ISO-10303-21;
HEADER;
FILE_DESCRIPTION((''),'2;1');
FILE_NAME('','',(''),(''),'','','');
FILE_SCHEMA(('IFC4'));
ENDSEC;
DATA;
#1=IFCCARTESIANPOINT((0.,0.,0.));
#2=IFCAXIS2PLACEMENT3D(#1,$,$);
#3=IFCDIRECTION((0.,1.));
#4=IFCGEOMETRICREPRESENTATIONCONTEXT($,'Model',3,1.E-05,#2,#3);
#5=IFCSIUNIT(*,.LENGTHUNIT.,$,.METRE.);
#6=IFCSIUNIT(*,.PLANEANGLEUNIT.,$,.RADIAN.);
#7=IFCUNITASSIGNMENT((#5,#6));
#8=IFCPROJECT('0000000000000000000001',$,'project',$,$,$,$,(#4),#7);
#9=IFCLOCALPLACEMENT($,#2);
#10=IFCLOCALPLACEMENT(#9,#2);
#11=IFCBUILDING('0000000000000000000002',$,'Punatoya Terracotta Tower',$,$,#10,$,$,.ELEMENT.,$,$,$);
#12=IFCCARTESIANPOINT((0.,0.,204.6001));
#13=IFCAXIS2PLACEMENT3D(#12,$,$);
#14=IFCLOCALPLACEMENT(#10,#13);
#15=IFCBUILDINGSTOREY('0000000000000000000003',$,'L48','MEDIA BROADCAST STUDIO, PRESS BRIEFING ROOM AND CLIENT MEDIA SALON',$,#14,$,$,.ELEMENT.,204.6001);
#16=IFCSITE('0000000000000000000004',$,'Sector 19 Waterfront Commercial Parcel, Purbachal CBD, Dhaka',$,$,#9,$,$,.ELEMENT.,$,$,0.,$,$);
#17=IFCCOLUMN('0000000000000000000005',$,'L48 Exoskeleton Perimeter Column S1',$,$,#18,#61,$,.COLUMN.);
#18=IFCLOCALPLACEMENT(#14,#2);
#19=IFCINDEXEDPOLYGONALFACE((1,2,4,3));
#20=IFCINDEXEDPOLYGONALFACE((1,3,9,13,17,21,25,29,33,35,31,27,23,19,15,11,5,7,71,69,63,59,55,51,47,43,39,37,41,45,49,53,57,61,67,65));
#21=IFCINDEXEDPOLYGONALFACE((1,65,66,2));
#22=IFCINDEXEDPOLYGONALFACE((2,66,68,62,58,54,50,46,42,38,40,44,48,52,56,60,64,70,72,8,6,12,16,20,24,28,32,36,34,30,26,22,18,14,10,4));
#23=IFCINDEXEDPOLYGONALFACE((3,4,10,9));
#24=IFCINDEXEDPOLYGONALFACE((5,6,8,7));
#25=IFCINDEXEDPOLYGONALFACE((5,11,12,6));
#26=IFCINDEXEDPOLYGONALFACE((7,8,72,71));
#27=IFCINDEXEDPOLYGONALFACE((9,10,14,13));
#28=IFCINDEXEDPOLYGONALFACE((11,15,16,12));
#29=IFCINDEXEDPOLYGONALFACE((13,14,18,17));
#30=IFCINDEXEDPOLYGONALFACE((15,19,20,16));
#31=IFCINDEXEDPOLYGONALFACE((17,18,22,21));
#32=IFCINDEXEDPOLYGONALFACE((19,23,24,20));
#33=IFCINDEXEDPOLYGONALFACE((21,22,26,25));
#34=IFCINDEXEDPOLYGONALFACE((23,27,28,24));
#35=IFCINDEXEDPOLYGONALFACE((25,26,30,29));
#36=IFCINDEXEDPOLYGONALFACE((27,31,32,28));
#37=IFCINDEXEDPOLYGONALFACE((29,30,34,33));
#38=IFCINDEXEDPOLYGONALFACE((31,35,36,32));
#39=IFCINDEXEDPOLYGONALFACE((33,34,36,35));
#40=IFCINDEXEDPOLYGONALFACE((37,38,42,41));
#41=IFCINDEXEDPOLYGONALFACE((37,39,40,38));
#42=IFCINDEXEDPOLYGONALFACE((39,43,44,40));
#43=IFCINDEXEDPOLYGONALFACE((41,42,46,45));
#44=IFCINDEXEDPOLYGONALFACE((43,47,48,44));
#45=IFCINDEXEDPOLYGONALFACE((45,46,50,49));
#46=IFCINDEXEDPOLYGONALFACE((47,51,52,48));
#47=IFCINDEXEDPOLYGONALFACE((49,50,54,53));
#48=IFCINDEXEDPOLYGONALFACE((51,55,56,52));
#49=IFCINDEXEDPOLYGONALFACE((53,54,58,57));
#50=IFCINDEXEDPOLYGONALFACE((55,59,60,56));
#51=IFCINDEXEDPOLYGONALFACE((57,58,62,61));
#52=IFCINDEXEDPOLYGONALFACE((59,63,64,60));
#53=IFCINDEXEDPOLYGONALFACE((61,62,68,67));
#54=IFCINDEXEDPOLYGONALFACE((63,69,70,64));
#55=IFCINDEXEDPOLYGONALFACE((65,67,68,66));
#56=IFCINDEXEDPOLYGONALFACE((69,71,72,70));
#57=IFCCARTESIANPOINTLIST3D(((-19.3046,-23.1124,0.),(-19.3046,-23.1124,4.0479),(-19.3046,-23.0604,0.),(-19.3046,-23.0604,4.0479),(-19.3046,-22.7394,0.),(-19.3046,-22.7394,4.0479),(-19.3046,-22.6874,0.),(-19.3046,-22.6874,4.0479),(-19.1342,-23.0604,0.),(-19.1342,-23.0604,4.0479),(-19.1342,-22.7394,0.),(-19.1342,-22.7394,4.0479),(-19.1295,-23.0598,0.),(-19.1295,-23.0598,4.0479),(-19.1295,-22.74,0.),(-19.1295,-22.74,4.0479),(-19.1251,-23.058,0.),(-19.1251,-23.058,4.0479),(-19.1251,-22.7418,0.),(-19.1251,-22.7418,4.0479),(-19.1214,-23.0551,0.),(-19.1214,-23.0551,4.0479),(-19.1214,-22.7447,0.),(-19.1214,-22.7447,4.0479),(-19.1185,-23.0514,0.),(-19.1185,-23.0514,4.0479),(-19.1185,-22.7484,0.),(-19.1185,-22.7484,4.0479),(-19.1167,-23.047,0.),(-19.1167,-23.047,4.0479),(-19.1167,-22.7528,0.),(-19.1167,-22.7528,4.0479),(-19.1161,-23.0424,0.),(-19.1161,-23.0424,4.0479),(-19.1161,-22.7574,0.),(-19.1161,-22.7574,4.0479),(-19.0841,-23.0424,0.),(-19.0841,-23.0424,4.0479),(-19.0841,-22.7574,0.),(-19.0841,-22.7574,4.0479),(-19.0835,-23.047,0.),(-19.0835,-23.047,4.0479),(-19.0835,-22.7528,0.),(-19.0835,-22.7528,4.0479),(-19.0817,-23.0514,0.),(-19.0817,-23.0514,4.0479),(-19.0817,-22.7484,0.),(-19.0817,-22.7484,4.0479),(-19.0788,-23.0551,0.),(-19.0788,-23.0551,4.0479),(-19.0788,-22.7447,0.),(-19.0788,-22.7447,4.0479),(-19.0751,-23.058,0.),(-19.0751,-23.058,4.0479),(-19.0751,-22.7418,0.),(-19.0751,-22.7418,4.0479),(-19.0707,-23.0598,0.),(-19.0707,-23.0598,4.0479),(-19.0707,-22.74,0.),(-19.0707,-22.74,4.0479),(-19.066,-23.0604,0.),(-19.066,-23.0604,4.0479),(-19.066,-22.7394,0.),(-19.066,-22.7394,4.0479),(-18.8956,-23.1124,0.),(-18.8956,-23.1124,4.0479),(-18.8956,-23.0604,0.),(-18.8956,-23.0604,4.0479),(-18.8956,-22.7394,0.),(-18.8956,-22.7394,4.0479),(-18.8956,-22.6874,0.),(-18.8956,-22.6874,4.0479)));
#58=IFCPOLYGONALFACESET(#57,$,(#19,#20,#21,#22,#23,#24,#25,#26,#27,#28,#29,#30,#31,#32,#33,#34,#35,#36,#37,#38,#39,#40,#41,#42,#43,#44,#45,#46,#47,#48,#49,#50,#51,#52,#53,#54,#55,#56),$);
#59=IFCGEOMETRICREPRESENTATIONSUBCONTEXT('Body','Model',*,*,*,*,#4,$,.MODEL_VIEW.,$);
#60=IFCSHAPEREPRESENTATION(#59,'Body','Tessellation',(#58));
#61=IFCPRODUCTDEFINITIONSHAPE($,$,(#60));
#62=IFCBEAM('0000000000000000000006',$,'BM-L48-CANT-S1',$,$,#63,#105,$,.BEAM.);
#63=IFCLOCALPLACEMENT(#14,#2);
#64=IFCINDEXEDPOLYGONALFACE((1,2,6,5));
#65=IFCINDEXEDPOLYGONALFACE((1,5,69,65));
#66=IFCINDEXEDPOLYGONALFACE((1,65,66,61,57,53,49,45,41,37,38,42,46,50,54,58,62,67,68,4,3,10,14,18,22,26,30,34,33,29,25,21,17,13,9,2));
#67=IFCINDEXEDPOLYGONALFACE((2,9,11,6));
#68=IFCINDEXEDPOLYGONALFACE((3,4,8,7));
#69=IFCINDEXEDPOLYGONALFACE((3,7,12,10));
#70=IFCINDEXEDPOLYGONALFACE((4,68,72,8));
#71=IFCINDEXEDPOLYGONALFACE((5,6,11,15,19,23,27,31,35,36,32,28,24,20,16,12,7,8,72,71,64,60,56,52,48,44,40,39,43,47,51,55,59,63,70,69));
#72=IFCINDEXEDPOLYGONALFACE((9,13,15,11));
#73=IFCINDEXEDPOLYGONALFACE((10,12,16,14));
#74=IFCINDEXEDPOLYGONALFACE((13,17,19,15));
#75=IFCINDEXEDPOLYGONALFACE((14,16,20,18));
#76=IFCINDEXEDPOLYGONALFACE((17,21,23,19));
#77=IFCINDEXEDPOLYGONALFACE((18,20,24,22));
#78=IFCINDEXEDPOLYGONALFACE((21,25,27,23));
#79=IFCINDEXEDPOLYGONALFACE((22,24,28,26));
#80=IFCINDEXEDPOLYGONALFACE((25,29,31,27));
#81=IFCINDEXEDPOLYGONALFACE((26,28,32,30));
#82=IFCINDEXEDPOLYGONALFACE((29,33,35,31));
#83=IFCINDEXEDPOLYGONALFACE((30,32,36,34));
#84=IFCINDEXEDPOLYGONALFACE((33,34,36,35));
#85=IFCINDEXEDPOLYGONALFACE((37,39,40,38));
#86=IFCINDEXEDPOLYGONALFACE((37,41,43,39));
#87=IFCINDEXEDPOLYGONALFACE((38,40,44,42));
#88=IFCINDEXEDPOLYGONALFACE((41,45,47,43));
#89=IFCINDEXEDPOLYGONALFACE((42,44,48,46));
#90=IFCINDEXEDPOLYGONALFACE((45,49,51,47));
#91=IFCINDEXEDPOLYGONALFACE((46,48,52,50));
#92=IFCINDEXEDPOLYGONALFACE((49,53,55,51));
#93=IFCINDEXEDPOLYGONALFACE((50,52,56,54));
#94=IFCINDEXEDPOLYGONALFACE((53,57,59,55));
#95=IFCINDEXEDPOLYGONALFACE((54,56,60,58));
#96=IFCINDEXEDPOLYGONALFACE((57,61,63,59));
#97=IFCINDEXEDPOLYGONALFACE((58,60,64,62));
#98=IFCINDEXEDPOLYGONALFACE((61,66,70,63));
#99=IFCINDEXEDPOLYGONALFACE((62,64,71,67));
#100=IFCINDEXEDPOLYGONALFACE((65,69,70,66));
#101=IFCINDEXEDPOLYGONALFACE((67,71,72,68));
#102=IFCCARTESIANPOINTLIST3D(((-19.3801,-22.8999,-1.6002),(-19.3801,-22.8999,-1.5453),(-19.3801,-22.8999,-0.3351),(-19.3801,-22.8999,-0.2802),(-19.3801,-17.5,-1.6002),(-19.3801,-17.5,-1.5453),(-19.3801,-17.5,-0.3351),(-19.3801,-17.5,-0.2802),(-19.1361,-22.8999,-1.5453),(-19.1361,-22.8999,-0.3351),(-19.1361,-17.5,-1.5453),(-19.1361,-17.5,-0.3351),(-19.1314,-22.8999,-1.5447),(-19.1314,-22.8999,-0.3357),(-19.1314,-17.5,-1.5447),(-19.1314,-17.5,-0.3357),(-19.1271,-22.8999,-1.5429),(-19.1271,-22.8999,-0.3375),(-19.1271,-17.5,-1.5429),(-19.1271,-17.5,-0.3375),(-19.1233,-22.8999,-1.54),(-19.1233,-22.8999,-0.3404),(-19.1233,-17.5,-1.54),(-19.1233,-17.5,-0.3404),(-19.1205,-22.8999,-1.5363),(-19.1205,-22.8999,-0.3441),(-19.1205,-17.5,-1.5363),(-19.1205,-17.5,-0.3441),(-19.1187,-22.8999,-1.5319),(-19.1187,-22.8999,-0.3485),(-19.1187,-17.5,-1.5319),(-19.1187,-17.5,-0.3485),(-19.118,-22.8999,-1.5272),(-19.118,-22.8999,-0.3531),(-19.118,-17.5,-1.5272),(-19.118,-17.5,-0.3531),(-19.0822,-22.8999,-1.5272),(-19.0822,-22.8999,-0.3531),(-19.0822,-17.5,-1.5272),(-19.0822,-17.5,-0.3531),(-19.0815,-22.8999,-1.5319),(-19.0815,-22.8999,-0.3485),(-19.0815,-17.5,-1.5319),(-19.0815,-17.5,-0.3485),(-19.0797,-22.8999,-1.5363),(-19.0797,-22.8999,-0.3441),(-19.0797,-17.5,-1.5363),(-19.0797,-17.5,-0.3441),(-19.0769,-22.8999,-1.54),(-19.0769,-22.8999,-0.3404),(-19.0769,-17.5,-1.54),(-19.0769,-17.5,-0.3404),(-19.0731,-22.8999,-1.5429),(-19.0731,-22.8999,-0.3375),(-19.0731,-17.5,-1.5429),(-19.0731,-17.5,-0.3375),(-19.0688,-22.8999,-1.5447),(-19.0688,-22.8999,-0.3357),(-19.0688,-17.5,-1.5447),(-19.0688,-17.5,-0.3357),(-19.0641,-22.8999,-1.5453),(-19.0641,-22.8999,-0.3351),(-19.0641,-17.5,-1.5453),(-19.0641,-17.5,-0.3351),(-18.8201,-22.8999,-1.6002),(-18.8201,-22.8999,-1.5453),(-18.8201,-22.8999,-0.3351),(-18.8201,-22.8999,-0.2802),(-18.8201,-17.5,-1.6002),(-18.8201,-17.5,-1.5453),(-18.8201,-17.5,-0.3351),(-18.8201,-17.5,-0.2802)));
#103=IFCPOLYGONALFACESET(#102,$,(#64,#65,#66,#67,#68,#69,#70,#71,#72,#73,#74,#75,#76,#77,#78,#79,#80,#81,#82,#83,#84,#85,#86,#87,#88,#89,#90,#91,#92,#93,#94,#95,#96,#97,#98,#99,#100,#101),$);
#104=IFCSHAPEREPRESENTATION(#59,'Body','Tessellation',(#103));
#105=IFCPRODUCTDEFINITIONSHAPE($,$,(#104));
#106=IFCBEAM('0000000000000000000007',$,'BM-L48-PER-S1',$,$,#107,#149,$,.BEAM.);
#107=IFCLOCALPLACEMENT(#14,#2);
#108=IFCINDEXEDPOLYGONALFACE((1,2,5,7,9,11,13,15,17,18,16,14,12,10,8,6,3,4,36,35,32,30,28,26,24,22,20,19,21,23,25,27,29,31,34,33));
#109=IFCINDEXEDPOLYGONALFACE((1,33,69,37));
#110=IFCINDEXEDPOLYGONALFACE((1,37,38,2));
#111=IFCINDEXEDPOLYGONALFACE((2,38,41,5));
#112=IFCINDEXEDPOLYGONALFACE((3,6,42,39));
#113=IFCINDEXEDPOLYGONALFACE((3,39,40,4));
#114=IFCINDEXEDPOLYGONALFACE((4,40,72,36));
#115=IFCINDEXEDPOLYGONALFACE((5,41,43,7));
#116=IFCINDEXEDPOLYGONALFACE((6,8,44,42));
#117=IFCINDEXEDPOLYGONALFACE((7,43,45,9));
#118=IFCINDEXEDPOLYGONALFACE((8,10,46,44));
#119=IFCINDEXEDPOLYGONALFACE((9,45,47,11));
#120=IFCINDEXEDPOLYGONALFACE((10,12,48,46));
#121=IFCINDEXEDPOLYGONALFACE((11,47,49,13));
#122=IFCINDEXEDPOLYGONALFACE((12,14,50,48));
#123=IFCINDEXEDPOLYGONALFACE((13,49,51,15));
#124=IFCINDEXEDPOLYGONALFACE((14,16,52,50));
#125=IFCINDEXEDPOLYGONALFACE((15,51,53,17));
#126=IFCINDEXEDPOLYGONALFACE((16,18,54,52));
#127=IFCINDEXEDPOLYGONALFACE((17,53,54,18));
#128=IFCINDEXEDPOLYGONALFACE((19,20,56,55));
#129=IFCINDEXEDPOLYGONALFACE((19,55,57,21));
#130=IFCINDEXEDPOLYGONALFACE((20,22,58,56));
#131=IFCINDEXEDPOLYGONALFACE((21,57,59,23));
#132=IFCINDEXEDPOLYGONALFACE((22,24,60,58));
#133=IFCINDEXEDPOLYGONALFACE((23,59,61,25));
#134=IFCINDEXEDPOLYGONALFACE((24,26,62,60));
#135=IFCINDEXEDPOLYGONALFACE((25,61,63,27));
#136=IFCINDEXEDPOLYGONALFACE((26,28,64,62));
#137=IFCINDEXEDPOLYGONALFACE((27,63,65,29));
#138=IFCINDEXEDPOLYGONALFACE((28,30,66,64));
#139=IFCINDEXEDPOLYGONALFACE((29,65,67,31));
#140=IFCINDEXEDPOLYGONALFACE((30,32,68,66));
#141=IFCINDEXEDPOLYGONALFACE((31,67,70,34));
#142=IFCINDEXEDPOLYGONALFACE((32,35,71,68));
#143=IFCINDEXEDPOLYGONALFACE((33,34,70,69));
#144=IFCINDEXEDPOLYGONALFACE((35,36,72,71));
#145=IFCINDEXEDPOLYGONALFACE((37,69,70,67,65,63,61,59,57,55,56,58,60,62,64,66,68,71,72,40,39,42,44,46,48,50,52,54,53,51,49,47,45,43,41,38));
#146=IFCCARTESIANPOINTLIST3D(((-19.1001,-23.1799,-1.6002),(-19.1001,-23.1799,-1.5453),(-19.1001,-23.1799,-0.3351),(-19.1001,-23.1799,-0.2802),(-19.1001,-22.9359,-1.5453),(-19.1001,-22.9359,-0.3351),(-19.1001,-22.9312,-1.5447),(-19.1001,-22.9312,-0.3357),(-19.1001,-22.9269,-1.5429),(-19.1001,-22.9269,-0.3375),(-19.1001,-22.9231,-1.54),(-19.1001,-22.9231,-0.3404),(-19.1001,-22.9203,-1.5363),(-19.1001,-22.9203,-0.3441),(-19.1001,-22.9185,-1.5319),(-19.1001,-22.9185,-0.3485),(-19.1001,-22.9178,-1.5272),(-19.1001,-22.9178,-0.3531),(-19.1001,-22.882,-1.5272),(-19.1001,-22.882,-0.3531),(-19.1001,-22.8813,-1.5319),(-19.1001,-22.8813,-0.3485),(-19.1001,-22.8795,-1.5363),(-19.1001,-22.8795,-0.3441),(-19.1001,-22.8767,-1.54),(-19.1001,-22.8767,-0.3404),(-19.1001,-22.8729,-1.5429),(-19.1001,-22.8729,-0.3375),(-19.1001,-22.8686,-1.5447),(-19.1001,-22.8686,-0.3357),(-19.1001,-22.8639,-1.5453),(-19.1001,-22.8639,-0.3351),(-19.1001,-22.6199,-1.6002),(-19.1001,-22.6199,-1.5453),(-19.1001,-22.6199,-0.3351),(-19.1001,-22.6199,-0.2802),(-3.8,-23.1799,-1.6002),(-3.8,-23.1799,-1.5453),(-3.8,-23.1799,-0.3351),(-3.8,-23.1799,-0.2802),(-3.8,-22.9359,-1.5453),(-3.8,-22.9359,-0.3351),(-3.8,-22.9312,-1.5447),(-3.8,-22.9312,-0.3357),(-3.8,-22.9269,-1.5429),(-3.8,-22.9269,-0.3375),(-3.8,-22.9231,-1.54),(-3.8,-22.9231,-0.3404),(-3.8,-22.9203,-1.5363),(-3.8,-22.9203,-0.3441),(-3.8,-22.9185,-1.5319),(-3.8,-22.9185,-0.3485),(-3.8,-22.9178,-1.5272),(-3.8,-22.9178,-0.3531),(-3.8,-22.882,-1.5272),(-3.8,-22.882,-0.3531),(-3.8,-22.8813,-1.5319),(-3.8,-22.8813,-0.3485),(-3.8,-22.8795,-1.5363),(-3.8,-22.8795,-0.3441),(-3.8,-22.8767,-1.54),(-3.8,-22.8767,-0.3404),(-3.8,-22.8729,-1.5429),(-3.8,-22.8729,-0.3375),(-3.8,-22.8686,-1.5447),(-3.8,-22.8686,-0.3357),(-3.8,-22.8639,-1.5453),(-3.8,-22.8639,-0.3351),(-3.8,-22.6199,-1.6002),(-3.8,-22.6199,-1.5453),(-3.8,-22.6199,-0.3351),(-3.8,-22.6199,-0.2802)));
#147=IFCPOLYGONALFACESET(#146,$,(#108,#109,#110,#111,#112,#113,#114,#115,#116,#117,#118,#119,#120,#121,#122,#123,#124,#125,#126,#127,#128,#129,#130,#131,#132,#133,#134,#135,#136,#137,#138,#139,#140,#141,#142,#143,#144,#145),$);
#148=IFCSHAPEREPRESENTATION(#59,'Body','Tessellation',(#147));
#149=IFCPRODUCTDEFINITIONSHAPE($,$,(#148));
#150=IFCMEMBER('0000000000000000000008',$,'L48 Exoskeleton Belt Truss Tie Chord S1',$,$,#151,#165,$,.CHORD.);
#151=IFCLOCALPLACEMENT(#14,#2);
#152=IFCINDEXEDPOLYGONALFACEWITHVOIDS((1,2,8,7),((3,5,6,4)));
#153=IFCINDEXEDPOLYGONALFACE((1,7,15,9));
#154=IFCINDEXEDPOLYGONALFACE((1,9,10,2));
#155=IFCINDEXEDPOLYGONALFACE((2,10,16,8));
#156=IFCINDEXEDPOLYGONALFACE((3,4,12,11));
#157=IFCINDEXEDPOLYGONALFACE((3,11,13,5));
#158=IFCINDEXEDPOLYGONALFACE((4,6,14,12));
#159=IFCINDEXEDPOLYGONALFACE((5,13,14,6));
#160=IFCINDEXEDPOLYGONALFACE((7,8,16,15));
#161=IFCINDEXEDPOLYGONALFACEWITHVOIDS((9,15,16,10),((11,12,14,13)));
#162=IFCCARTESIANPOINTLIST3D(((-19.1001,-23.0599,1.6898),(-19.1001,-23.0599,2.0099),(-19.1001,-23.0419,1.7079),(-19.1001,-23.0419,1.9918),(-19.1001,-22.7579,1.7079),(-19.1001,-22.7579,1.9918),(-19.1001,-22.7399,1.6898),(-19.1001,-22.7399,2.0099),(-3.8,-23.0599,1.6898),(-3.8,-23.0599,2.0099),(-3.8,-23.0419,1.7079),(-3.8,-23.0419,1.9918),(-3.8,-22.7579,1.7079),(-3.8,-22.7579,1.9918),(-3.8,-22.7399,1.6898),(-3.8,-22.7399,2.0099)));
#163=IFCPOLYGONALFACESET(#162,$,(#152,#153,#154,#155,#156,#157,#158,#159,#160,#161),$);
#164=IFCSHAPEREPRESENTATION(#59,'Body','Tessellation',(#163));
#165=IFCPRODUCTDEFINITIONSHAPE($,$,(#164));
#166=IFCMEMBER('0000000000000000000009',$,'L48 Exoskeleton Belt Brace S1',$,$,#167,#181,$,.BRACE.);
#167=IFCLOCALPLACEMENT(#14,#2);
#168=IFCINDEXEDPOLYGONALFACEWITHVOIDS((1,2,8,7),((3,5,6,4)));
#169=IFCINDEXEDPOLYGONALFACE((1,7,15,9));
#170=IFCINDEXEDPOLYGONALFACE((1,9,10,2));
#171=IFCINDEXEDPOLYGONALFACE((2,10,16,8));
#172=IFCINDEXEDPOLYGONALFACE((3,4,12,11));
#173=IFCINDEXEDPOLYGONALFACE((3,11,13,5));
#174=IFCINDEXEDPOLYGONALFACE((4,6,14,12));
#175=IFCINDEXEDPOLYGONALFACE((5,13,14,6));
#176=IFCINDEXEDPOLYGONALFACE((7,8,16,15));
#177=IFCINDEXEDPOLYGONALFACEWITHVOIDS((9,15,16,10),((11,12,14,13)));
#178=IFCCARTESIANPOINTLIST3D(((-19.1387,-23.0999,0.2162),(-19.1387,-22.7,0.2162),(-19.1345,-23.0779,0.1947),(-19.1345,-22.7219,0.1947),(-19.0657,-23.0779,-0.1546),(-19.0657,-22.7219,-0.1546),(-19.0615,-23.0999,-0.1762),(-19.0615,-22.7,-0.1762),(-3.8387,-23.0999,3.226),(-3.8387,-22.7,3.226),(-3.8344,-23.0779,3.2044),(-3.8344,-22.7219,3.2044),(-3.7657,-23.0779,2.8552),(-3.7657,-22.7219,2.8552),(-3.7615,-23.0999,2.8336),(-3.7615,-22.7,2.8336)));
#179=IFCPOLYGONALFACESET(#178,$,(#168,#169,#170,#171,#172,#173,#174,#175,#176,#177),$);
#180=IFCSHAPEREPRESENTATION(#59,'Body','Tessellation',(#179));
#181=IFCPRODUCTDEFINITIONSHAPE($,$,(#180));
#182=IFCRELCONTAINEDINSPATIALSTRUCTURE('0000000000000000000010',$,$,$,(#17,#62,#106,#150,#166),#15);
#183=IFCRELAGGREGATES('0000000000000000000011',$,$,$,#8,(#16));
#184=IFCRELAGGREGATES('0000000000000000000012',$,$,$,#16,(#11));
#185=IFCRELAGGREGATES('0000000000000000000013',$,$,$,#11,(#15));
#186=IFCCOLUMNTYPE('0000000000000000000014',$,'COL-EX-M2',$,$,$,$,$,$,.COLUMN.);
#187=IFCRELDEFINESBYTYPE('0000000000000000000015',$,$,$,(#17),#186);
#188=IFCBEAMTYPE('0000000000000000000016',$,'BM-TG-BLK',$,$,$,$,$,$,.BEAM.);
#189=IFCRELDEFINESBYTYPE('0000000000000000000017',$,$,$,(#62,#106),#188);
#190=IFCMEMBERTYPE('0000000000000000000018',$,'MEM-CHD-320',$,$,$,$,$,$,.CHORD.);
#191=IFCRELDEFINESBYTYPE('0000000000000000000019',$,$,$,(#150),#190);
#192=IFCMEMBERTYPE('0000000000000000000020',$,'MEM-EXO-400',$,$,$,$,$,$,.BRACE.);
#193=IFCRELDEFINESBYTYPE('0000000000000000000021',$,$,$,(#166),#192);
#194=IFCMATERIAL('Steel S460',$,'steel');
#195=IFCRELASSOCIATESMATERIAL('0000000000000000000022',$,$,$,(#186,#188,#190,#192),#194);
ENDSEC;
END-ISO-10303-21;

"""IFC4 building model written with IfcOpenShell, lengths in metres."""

from ifc_helpers import new_model, si_unit, direction, frame, origin, origin_2d, place, context, subcontext, project, spatial, hollow_rectangle, i_section, extrude, material, material_profile, profile_set, type_object, element, save


model = new_model("IFC4")

# Units and contexts
model_context = context("Model", 3, precision=1e-05, world=origin(), true_north=direction((0.0, 1.0)))
body_context = subcontext(model_context, "Body", "Model", "MODEL_VIEW")
ifc_project = project(units=[si_unit("LENGTHUNIT", "METRE"), si_unit("PLANEANGLEUNIT", "RADIAN")], contexts=[model_context])

# Site, building, storey
site_placement = place(None, origin())
site = spatial("IfcSite", under=ifc_project, at=site_placement, Name="Sector 19 Waterfront Commercial Parcel, Purbachal CBD, Dhaka", CompositionType="ELEMENT", RefElevation=0.0)
building_placement = place(site_placement, origin())
building = spatial("IfcBuilding", under=site, at=building_placement, Name="Punatoya Terracotta Tower", CompositionType="ELEMENT")
storey_placement = place(building_placement, frame((0.0, 0.0, 204.6001)))
storey = spatial("IfcBuildingStorey", under=building, at=storey_placement, Name="L48", Description="MEDIA BROADCAST STUDIO, PRESS BRIEFING ROOM AND CLIENT MEDIA SALON", CompositionType="ELEMENT", Elevation=204.6001)

# Column
ifc_material_1 = material(Name="Steel S460", Category="steel")
ifc_material_profile_1 = material_profile(ifc_material_1, i_section(OverallWidth=0.4089, OverallDepth=0.425, WebThickness=0.032, FlangeThickness=0.052, FilletRadius=0.0181, at=origin_2d()))
ifc_profile_set_1 = profile_set([ifc_material_profile_1], Name="Steel S460")
column_type = type_object("IfcColumnType", Name="COL-EX-M2", PredefinedType="COLUMN", material=ifc_profile_set_1)
column_placement = place(storey_placement, frame((-19.1001, -22.8999, 0.0), z_axis=(0.0, 0.0, 1.0), x_axis=(1.0, 0.0, 0.0)))
element("IfcColumn", 1, at=column_placement, inside=storey, type_object=column_type, Name="L48 Exoskeleton Perimeter Column S1", PredefinedType="COLUMN", context=body_context, shape_type="SweptSolid", body=[
    extrude(i_section(OverallWidth=0.4089, OverallDepth=0.425, WebThickness=0.032, FlangeThickness=0.052, FilletRadius=0.0181, at=origin_2d()), origin(), (0.0, 0.0, 1.0), 4.0479),
])

# Beams
ifc_material_profile_2 = material_profile(ifc_material_1, i_section(OverallWidth=0.5601, OverallDepth=1.3201, WebThickness=0.0359, FlangeThickness=0.0549, FilletRadius=0.0181, at=origin_2d()))
ifc_profile_set_2 = profile_set([ifc_material_profile_2], Name="Steel S460")
beam_type = type_object("IfcBeamType", Name="BM-TG-BLK", PredefinedType="BEAM", material=ifc_profile_set_2)
beam_1_placement = place(storey_placement, frame((-19.1001, -22.8999, -0.9402), z_axis=(0.0, 1.0, 0.0), x_axis=(-1.0, 0.0, 0.0)))
element("IfcBeam", 2, at=beam_1_placement, inside=storey, type_object=beam_type, Name="BM-L48-CANT-S1", PredefinedType="BEAM", context=body_context, shape_type="SweptSolid", body=[
    extrude(i_section(OverallWidth=0.5601, OverallDepth=1.3201, WebThickness=0.0359, FlangeThickness=0.0549, FilletRadius=0.0181, at=origin_2d()), origin(), (0.0, 0.0, 1.0), 5.3999),
])
beam_2_placement = place(storey_placement, frame((-19.1001, -22.8999, -0.9402), z_axis=(1.0, 0.0, 0.0), x_axis=(0.0, 1.0, 0.0)))
element("IfcBeam", 3, at=beam_2_placement, inside=storey, type_object=beam_type, Name="BM-L48-PER-S1", PredefinedType="BEAM", context=body_context, shape_type="SweptSolid", body=[
    extrude(i_section(OverallWidth=0.5601, OverallDepth=1.3201, WebThickness=0.0359, FlangeThickness=0.0549, FilletRadius=0.0181, at=origin_2d()), origin(), (0.0, 0.0, 1.0), 15.3),
])

# Members
ifc_material_profile_3 = material_profile(ifc_material_1, hollow_rectangle(XDim=0.3201, YDim=0.3201, WallThickness=0.0181, at=origin_2d()))
ifc_profile_set_3 = profile_set([ifc_material_profile_3], Name="Steel S460")
member_type_1 = type_object("IfcMemberType", Name="MEM-CHD-320", PredefinedType="CHORD", material=ifc_profile_set_3)
member_1_placement = place(storey_placement, frame((-19.1001, -22.8999, 1.8499), z_axis=(1.0, 0.0, 0.0), x_axis=(0.0, 1.0, 0.0)))
element("IfcMember", 4, at=member_1_placement, inside=storey, type_object=member_type_1, Name="L48 Exoskeleton Belt Truss Tie Chord S1", PredefinedType="CHORD", context=body_context, shape_type="SweptSolid", body=[
    extrude(hollow_rectangle(XDim=0.3201, YDim=0.3201, WallThickness=0.0181, at=origin_2d()), origin(), (0.0, 0.0, 1.0), 15.3),
])
ifc_material_profile_4 = material_profile(ifc_material_1, hollow_rectangle(XDim=0.3999, YDim=0.3999, WallThickness=0.022, at=origin_2d()))
ifc_profile_set_4 = profile_set([ifc_material_profile_4], Name="Steel S460")
member_type_2 = type_object("IfcMemberType", Name="MEM-EXO-400", PredefinedType="BRACE", material=ifc_profile_set_4)
member_2_placement = place(storey_placement, frame((-19.1001, -22.8999, 0.02), z_axis=(0.981195, 0.0, 0.193017), x_axis=(0.0, 1.0, 0.0)))
element("IfcMember", 5, at=member_2_placement, inside=storey, type_object=member_type_2, Name="L48 Exoskeleton Belt Brace S1", PredefinedType="BRACE", context=body_context, shape_type="SweptSolid", body=[
    extrude(hollow_rectangle(XDim=0.3999, YDim=0.3999, WallThickness=0.022, at=origin_2d()), origin(), (0.0, 0.0, 1.0), 15.5933),
])

save(model, "model.ifc")
